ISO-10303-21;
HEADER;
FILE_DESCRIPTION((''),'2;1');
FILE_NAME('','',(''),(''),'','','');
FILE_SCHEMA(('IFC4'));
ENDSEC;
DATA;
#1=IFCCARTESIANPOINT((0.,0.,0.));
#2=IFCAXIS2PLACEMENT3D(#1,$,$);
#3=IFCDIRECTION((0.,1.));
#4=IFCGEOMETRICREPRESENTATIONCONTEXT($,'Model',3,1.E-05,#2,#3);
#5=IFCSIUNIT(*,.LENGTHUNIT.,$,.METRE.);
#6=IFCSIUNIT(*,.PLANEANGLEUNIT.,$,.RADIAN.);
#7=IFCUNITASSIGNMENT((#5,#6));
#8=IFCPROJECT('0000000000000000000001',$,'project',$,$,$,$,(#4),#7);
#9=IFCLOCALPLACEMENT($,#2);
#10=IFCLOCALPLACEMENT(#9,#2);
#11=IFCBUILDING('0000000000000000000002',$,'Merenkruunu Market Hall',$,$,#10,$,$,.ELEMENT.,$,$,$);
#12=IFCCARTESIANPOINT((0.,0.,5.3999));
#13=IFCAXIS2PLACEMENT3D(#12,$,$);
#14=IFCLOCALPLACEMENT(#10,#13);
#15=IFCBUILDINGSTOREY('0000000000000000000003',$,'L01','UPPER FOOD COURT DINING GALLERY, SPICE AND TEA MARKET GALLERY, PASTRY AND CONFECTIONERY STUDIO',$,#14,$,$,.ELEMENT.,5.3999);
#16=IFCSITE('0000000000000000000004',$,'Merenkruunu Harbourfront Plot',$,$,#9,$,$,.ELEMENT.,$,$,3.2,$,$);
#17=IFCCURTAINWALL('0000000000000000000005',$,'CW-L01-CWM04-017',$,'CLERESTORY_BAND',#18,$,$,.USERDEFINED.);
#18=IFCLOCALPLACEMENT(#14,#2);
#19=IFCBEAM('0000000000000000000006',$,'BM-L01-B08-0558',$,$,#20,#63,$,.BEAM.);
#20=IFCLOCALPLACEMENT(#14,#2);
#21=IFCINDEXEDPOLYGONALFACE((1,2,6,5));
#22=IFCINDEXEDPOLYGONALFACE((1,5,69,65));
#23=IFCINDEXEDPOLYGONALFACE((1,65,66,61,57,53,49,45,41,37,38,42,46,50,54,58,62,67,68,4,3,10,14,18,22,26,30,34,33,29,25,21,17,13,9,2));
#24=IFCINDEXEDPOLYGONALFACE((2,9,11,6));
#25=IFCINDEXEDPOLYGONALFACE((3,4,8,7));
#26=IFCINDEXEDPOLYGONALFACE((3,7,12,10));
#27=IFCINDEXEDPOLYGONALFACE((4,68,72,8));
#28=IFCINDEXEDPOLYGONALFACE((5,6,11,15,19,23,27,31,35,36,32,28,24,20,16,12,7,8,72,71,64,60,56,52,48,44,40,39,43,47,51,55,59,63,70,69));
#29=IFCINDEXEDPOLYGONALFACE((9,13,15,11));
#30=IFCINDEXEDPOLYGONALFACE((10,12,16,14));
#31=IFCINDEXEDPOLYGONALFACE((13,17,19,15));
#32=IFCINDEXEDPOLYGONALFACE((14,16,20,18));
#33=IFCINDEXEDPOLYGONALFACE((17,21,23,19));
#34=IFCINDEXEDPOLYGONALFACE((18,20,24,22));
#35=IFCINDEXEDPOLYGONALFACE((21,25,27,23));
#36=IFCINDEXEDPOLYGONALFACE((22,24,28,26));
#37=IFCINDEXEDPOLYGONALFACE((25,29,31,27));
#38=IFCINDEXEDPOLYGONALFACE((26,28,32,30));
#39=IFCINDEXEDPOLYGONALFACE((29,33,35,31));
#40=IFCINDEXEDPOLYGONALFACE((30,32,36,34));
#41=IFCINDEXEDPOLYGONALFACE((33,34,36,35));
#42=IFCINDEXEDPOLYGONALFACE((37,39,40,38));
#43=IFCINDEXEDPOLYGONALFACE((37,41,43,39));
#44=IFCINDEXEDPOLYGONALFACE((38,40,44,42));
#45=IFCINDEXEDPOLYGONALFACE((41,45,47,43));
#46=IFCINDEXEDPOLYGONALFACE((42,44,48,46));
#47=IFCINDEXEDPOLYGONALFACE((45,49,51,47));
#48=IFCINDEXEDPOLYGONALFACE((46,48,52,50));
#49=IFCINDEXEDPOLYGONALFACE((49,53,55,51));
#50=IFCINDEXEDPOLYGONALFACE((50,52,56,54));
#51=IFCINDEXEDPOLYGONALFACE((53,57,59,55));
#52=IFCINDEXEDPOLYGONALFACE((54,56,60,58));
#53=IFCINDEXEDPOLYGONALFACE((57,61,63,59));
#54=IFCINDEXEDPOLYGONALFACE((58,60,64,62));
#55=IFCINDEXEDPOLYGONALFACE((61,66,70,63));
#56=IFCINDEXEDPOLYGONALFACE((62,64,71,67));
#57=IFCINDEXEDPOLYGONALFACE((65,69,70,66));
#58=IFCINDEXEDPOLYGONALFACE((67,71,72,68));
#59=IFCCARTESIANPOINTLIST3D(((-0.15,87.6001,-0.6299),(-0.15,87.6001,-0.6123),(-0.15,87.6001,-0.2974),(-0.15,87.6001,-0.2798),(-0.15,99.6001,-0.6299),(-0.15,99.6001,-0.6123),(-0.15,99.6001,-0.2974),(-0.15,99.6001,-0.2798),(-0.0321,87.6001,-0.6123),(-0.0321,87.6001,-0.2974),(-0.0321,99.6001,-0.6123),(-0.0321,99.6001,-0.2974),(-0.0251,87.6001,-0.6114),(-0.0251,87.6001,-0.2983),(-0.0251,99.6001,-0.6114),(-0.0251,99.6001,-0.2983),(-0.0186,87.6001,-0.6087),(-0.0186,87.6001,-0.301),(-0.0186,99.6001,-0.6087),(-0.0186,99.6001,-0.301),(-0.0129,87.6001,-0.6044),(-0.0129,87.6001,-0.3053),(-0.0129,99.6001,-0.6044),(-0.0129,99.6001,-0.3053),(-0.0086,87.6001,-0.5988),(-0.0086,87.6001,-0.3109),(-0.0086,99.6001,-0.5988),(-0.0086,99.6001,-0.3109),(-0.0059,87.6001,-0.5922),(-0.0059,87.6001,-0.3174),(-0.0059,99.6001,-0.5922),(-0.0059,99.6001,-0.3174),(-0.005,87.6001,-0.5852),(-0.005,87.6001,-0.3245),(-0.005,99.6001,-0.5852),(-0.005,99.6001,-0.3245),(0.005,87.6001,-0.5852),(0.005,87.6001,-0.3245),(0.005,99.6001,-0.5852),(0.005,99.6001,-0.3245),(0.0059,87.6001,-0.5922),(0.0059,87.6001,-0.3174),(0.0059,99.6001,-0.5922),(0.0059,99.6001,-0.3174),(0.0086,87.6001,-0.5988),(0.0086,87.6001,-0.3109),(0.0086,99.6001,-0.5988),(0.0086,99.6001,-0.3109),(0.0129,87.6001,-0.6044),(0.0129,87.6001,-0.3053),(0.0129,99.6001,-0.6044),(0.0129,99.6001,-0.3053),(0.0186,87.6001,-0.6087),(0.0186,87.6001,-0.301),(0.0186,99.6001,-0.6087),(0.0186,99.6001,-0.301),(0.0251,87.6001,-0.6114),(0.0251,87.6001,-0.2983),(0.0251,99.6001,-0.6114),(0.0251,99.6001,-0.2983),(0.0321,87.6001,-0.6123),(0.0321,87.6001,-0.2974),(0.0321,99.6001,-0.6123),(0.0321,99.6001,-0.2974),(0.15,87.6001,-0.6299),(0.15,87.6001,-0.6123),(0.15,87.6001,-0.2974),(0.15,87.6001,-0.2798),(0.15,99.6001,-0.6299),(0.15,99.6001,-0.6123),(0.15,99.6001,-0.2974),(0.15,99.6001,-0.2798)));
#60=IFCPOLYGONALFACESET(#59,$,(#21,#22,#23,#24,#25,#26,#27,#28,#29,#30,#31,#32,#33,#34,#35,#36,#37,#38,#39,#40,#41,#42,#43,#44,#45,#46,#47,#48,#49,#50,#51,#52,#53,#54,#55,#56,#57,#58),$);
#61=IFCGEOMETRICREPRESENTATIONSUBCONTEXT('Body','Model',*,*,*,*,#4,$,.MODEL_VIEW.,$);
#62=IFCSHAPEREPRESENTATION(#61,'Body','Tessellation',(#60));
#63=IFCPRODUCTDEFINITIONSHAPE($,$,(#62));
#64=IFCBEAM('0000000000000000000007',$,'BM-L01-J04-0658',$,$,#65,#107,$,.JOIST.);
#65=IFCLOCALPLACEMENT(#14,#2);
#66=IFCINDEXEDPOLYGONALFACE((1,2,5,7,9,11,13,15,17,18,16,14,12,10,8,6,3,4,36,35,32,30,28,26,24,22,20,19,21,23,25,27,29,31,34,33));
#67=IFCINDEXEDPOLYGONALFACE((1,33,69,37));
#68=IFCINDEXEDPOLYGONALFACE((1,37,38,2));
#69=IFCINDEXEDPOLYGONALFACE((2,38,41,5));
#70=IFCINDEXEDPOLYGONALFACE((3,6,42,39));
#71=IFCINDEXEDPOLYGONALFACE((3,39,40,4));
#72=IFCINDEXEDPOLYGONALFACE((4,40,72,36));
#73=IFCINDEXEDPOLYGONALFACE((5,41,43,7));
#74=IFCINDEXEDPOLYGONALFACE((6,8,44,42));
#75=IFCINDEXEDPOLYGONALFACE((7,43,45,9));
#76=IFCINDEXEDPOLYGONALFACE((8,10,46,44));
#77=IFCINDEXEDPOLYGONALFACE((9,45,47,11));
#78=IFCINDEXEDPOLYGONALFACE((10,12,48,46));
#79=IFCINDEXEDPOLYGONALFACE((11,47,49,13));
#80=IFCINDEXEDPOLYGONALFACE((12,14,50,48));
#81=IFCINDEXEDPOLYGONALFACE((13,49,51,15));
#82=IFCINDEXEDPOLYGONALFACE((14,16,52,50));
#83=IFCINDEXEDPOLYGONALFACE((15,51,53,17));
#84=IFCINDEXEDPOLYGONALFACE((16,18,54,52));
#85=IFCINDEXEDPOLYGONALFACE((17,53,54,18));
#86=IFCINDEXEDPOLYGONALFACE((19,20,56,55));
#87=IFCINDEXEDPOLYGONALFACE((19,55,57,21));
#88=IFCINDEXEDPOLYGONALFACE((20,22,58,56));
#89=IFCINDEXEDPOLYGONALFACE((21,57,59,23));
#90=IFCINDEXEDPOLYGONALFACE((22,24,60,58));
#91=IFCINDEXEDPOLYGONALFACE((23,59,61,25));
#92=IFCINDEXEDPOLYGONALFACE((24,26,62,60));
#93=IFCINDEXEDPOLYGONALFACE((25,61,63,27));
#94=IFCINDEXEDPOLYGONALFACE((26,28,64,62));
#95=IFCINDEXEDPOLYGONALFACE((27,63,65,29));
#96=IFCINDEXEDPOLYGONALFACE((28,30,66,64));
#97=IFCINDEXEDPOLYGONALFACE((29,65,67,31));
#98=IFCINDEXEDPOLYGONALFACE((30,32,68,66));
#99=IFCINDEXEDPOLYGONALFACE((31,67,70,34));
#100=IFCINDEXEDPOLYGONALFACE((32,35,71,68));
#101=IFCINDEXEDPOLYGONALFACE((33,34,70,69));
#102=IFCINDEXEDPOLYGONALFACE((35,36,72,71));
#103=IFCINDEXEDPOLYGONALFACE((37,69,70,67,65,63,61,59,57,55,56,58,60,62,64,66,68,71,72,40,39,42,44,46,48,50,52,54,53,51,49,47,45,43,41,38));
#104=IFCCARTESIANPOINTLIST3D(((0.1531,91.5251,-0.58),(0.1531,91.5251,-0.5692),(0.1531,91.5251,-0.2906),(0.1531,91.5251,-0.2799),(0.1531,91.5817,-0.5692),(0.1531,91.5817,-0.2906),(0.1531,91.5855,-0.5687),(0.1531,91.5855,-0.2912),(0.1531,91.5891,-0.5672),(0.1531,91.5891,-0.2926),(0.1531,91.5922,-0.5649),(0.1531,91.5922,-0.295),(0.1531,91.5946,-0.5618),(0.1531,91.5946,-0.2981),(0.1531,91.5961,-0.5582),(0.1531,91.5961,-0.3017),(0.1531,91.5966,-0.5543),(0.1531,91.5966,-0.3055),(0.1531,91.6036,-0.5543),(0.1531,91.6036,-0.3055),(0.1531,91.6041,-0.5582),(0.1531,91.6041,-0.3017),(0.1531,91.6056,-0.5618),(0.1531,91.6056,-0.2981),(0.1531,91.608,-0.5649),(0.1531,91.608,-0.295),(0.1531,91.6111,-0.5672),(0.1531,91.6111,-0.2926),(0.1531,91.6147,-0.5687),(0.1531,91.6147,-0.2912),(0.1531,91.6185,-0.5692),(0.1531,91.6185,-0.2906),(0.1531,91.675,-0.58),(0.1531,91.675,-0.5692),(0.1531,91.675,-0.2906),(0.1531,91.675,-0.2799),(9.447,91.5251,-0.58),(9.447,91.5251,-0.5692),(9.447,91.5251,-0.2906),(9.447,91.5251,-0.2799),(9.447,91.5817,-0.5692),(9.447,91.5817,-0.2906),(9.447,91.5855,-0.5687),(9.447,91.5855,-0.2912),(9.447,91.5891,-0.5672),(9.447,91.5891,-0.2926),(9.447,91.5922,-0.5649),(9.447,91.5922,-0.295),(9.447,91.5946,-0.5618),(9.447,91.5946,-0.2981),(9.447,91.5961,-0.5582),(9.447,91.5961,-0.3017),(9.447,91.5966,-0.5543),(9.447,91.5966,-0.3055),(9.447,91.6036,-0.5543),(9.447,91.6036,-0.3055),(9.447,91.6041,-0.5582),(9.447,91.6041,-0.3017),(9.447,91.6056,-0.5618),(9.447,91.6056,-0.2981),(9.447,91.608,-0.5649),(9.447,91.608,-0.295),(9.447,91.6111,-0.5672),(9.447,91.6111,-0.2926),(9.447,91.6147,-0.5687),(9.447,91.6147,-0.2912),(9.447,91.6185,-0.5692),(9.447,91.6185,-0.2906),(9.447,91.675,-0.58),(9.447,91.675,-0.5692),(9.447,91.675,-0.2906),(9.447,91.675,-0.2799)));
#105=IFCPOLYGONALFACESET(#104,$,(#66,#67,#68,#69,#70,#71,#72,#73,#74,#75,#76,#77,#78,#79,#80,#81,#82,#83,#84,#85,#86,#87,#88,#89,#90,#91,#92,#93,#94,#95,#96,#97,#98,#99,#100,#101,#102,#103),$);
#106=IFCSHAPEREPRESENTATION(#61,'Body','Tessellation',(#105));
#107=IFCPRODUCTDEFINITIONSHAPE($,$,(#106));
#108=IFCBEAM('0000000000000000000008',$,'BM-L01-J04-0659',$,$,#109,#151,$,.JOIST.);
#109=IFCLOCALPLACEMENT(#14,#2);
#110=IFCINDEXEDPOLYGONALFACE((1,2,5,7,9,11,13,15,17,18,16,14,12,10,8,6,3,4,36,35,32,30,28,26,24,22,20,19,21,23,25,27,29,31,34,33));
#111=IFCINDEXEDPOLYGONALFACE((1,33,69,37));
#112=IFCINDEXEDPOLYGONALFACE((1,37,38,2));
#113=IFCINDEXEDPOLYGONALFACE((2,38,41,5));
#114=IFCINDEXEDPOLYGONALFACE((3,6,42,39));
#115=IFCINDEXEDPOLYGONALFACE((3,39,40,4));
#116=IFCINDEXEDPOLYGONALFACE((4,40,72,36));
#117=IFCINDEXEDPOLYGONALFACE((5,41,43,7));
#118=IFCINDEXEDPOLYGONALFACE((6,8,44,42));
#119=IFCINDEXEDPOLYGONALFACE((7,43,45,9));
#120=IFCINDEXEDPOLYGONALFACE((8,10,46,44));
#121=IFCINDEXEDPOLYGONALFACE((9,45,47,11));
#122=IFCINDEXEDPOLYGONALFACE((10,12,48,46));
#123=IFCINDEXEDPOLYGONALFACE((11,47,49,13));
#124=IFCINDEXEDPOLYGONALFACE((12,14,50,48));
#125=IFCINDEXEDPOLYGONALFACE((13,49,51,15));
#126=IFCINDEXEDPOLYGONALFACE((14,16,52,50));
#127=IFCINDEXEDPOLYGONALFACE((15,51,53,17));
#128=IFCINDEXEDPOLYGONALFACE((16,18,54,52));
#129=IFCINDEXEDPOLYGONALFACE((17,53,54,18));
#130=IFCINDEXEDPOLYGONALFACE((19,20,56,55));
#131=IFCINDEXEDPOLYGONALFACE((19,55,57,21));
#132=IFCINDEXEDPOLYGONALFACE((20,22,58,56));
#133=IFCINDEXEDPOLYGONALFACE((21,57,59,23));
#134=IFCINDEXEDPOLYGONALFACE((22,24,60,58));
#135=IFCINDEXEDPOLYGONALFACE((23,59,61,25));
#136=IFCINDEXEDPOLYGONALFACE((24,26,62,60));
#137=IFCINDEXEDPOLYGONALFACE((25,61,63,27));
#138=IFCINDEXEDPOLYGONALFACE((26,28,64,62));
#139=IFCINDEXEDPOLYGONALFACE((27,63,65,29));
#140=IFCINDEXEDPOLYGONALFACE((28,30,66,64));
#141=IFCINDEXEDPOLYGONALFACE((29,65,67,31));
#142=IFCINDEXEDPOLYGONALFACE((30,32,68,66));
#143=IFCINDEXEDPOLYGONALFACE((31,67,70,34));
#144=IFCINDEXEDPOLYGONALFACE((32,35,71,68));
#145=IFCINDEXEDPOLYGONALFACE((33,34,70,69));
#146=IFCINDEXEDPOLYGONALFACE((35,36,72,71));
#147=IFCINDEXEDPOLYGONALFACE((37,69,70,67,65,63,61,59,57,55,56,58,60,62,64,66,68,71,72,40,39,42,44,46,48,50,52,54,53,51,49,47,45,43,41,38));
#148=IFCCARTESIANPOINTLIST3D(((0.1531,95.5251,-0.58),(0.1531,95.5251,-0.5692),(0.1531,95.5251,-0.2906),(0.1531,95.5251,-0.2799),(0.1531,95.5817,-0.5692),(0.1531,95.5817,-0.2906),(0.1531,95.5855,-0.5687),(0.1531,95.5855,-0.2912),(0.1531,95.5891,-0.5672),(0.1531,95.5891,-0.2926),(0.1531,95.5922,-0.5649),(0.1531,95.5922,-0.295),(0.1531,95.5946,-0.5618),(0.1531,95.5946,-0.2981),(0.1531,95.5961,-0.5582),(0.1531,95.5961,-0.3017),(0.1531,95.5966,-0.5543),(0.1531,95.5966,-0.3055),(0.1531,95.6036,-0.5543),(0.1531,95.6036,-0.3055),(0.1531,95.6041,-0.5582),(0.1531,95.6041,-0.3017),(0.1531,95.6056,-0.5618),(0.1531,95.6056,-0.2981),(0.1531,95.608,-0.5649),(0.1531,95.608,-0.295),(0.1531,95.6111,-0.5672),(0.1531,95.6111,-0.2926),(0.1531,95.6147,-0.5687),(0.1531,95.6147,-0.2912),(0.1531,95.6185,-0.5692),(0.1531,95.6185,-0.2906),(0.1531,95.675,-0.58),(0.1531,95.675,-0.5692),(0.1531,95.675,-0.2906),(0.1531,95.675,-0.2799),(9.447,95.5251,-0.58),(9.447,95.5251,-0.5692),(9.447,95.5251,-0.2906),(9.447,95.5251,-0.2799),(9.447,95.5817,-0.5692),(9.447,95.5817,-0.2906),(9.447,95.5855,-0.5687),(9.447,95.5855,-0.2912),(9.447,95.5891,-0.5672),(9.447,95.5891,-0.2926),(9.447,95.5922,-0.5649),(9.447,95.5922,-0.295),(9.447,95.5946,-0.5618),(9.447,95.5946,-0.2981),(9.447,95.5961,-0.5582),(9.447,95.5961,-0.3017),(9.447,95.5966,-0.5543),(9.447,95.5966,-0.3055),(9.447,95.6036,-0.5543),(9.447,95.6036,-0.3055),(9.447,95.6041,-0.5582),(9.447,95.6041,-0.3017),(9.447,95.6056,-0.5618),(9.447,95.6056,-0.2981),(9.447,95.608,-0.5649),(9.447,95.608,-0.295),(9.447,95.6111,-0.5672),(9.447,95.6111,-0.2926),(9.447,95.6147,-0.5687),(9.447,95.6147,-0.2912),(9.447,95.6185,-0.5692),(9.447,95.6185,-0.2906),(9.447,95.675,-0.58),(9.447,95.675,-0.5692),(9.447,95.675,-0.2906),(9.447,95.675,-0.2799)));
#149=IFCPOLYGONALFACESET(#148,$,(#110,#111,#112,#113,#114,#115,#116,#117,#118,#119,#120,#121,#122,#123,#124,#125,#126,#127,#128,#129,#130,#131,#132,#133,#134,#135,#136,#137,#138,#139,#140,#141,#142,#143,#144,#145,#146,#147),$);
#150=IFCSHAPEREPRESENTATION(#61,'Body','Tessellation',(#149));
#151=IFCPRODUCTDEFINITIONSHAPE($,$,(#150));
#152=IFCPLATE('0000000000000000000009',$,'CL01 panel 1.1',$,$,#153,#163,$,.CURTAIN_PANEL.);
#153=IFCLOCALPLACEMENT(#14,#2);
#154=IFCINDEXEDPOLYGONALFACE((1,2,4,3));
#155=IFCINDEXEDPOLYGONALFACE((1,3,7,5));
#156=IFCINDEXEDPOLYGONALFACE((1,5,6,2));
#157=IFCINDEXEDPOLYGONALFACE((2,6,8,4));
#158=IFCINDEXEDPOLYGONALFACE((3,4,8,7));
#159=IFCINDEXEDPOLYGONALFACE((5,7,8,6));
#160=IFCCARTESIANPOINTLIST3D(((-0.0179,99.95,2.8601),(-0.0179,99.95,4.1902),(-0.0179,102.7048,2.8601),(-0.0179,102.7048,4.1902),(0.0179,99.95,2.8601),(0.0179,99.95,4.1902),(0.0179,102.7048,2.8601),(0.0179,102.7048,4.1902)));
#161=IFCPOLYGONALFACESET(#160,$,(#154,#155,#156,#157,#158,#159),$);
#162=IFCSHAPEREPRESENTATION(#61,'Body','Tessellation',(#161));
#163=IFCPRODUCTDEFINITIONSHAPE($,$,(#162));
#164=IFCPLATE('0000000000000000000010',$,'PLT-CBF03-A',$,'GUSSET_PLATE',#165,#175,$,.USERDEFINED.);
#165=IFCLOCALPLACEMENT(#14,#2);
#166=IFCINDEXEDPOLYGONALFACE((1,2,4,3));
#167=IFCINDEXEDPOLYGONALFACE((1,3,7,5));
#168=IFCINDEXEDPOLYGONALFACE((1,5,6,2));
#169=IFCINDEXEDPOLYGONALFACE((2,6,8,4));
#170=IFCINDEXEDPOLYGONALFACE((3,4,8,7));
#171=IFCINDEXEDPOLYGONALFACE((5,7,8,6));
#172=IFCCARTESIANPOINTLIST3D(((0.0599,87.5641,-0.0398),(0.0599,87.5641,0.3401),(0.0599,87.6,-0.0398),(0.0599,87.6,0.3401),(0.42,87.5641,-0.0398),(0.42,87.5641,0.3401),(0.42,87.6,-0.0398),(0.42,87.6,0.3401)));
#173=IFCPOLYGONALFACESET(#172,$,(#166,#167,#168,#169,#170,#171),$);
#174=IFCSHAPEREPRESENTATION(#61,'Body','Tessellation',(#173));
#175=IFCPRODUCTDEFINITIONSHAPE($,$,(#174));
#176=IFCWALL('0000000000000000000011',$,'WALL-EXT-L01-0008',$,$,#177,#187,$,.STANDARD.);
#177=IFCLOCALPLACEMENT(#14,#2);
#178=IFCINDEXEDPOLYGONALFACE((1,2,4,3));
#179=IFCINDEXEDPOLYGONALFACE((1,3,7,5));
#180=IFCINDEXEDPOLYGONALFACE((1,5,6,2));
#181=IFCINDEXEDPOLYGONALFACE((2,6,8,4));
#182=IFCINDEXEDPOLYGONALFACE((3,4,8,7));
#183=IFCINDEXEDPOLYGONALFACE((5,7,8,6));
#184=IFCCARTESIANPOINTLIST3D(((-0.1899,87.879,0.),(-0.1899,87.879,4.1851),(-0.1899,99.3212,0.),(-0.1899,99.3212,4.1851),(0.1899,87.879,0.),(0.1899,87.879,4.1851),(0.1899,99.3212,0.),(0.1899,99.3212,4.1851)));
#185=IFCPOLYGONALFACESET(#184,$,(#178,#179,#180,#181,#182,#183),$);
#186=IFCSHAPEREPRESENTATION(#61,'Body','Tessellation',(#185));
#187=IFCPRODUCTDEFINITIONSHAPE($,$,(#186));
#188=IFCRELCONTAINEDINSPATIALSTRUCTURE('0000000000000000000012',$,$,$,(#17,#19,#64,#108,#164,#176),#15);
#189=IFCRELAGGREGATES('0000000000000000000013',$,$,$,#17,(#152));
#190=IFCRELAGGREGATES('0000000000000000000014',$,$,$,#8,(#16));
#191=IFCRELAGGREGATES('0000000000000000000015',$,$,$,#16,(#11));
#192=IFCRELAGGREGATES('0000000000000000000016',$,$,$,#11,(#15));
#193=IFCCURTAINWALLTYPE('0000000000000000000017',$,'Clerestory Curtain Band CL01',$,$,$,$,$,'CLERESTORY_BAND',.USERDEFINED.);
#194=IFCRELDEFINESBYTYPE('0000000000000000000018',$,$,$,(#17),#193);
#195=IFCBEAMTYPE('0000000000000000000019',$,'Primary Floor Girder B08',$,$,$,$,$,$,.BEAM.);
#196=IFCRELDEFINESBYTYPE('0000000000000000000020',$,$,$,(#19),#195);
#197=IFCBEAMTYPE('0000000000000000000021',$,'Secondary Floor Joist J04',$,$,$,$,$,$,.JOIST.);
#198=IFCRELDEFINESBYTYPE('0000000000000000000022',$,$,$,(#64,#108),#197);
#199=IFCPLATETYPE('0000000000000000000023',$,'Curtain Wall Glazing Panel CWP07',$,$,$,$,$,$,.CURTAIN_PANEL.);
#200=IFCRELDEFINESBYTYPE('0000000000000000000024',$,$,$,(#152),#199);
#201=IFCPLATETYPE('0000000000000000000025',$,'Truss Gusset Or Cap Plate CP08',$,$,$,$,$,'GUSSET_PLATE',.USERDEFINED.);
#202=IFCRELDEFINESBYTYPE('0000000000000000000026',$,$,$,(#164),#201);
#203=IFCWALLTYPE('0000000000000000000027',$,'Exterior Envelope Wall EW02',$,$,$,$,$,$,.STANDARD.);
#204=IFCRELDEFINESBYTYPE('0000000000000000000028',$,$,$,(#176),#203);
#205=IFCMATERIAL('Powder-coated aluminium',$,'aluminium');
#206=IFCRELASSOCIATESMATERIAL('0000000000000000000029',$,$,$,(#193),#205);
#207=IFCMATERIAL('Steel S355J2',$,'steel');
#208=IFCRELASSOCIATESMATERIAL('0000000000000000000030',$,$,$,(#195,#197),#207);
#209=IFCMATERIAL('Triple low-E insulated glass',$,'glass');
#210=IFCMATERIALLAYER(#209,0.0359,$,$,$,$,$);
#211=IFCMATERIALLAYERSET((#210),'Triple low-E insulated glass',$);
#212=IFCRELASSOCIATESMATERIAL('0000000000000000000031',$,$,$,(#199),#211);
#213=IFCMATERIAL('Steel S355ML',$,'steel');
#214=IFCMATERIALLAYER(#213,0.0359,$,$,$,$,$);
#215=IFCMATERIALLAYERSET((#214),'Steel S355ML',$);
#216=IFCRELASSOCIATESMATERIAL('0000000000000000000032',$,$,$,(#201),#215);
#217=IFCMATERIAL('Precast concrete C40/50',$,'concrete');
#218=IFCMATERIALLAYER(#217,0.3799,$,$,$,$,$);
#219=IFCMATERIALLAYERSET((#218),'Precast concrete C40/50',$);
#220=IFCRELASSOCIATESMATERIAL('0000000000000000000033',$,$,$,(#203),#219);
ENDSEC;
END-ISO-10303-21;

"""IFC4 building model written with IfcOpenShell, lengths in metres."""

from ifc_helpers import new_model, si_unit, direction, frame, frame_2d, origin, origin_2d, place, context, subcontext, project, spatial, rectangle, i_section, extrude, material, layer, layer_set, material_profile, profile_set, type_object, element, aggregate, save


model = new_model("IFC4")

# Units and contexts
model_context = context("Model", 3, precision=1e-05, world=origin(), true_north=direction((0.0, 1.0)))
body_context = subcontext(model_context, "Body", "Model", "MODEL_VIEW")
ifc_project = project(units=[si_unit("LENGTHUNIT", "METRE"), si_unit("PLANEANGLEUNIT", "RADIAN")], contexts=[model_context])

# Site, building, storey
site_placement = place(None, origin())
site = spatial("IfcSite", under=ifc_project, at=site_placement, Name="Merenkruunu Harbourfront Plot", CompositionType="ELEMENT", RefElevation=3.2)
building_placement = place(site_placement, origin())
building = spatial("IfcBuilding", under=site, at=building_placement, Name="Merenkruunu Market Hall", CompositionType="ELEMENT")
storey_placement = place(building_placement, frame((0.0, 0.0, 5.3999)))
storey = spatial("IfcBuildingStorey", under=building, at=storey_placement, Name="L01", Description="UPPER FOOD COURT DINING GALLERY, SPICE AND TEA MARKET GALLERY, PASTRY AND CONFECTIONERY STUDIO", CompositionType="ELEMENT", Elevation=5.3999)

# Shared definitions
ifc_material_1 = material(Name="Steel S355ML", Category="steel")

# Curtain wall
ifc_material_2 = material(Name="Powder-coated aluminium", Category="aluminium")
curtain_wall_type = type_object("IfcCurtainWallType", Name="Clerestory Curtain Band CL01", ElementType="CLERESTORY_BAND", PredefinedType="USERDEFINED", material=ifc_material_2)
curtain_wall_placement = place(storey_placement, origin())
curtain_wall = element("IfcCurtainWall", 1, at=curtain_wall_placement, inside=storey, type_object=curtain_wall_type, Name="CW-L01-CWM04-017", ObjectType="CLERESTORY_BAND", PredefinedType="USERDEFINED")

# Beams
ifc_material_3 = material(Name="Steel S355J2", Category="steel")
ifc_material_profile_1 = material_profile(ifc_material_3, i_section(OverallWidth=0.3, OverallDepth=0.3501, WebThickness=0.01, FlangeThickness=0.0176, FilletRadius=0.0271, at=origin_2d()), Name="HEA 360")
ifc_profile_set_1 = profile_set([ifc_material_profile_1], Name="Steel S355J2")
beam_type_1 = type_object("IfcBeamType", Name="Primary Floor Girder B08", PredefinedType="BEAM", material=ifc_profile_set_1)
beam_1_placement = place(storey_placement, frame((0.0, 87.6001, -0.4548), z_axis=(0.0, 1.0, 0.0), x_axis=(-1.0, 0.0, 0.0)))
element("IfcBeam", 2, at=beam_1_placement, inside=storey, type_object=beam_type_1, Name="BM-L01-B08-0558", PredefinedType="BEAM", context=body_context, shape_type="SweptSolid", body=[
    extrude(i_section(OverallWidth=0.3, OverallDepth=0.3501, WebThickness=0.01, FlangeThickness=0.0176, FilletRadius=0.0271, at=origin_2d()), origin(), (0.0, 0.0, 1.0), 12.0),
])
ifc_material_profile_2 = material_profile(ifc_material_3, i_section(OverallWidth=0.1499, OverallDepth=0.3, WebThickness=0.0071, FlangeThickness=0.0107, FilletRadius=0.0149, at=origin_2d()), Name="IPE 300")
ifc_profile_set_2 = profile_set([ifc_material_profile_2], Name="Steel S355J2")
beam_type_2 = type_object("IfcBeamType", Name="Secondary Floor Joist J04", PredefinedType="JOIST", material=ifc_profile_set_2)
for number, where, z_axis, x_axis, name in (
    (3, (0.1531, 91.6001, -0.4299), (1.0, 0.0, 0.0), (0.0, 1.0, 0.0), "BM-L01-J04-0658"),
    (4, (0.1531, 95.6001, -0.4299), (1.0, 0.0, 0.0), (0.0, 1.0, 0.0), "BM-L01-J04-0659"),
):
    element("IfcBeam", number, at=place(storey_placement, frame(where, z_axis=z_axis, x_axis=x_axis)), inside=storey, type_object=beam_type_2, Name=name, PredefinedType="JOIST", context=body_context, shape_type="SweptSolid", body=[
        extrude(i_section(OverallWidth=0.1499, OverallDepth=0.3, WebThickness=0.0071, FlangeThickness=0.0107, FilletRadius=0.0149, at=origin_2d()), origin(), (0.0, 0.0, 1.0), 9.2939),
    ])

# Plates
ifc_material_4 = material(Name="Triple low-E insulated glass", Category="glass")
ifc_layer_1 = layer(ifc_material_4, 0.0359)
ifc_layer_set_1 = layer_set([ifc_layer_1], Name="Triple low-E insulated glass")
plate_type_1 = type_object("IfcPlateType", Name="Curtain Wall Glazing Panel CWP07", PredefinedType="CURTAIN_PANEL", material=ifc_layer_set_1)
plate_1_placement = place(storey_placement, frame((0.0, 101.3274, 2.8601), z_axis=(0.0, 0.0, 1.0), x_axis=(0.0, 1.0, 0.0)))
plate_1 = element("IfcPlate", 5, at=plate_1_placement, type_object=plate_type_1, Name="CL01 panel 1.1", PredefinedType="CURTAIN_PANEL", context=body_context, shape_type="SweptSolid", body=[
    extrude(rectangle(XDim=2.7549, YDim=0.0359, at=origin_2d()), origin(), (0.0, 0.0, 1.0), 1.3301),
])
aggregate(curtain_wall, [plate_1])
ifc_layer_2 = layer(ifc_material_1, 0.0359)
ifc_layer_set_2 = layer_set([ifc_layer_2], Name="Steel S355ML")
plate_type_2 = type_object("IfcPlateType", Name="Truss Gusset Or Cap Plate CP08", ElementType="GUSSET_PLATE", PredefinedType="USERDEFINED", material=ifc_layer_set_2)
plate_2_placement = place(storey_placement, frame((0.24, 87.582, -0.0398), z_axis=(0.0, 0.0, 1.0), x_axis=(1.0, 0.0, 0.0)))
element("IfcPlate", 6, at=plate_2_placement, inside=storey, type_object=plate_type_2, Name="PLT-CBF03-A", ObjectType="GUSSET_PLATE", PredefinedType="USERDEFINED", context=body_context, shape_type="SweptSolid", body=[
    extrude(rectangle(XDim=0.3601, YDim=0.0359, at=origin_2d()), origin(), (0.0, 0.0, 1.0), 0.3799),
])

# Wall
ifc_material_5 = material(Name="Precast concrete C40/50", Category="concrete")
ifc_layer_3 = layer(ifc_material_5, 0.3799)
ifc_layer_set_3 = layer_set([ifc_layer_3], Name="Precast concrete C40/50")
wall_type = type_object("IfcWallType", Name="Exterior Envelope Wall EW02", PredefinedType="STANDARD", material=ifc_layer_set_3)
wall_1_placement = place(storey_placement, frame((0.0, 87.8789, 0.0), z_axis=(0.0, 0.0, 1.0), x_axis=(0.0, 1.0, 0.0)))
element("IfcWall", 7, at=wall_1_placement, inside=storey, type_object=wall_type, Name="WALL-EXT-L01-0008", PredefinedType="STANDARD", context=body_context, shape_type="SweptSolid", body=[
    extrude(rectangle(XDim=11.4421, YDim=0.3799, at=frame_2d((5.7212, 0.0))), origin(), (0.0, 0.0, 1.0), 4.1851),
])

save(model, "model.ifc")
